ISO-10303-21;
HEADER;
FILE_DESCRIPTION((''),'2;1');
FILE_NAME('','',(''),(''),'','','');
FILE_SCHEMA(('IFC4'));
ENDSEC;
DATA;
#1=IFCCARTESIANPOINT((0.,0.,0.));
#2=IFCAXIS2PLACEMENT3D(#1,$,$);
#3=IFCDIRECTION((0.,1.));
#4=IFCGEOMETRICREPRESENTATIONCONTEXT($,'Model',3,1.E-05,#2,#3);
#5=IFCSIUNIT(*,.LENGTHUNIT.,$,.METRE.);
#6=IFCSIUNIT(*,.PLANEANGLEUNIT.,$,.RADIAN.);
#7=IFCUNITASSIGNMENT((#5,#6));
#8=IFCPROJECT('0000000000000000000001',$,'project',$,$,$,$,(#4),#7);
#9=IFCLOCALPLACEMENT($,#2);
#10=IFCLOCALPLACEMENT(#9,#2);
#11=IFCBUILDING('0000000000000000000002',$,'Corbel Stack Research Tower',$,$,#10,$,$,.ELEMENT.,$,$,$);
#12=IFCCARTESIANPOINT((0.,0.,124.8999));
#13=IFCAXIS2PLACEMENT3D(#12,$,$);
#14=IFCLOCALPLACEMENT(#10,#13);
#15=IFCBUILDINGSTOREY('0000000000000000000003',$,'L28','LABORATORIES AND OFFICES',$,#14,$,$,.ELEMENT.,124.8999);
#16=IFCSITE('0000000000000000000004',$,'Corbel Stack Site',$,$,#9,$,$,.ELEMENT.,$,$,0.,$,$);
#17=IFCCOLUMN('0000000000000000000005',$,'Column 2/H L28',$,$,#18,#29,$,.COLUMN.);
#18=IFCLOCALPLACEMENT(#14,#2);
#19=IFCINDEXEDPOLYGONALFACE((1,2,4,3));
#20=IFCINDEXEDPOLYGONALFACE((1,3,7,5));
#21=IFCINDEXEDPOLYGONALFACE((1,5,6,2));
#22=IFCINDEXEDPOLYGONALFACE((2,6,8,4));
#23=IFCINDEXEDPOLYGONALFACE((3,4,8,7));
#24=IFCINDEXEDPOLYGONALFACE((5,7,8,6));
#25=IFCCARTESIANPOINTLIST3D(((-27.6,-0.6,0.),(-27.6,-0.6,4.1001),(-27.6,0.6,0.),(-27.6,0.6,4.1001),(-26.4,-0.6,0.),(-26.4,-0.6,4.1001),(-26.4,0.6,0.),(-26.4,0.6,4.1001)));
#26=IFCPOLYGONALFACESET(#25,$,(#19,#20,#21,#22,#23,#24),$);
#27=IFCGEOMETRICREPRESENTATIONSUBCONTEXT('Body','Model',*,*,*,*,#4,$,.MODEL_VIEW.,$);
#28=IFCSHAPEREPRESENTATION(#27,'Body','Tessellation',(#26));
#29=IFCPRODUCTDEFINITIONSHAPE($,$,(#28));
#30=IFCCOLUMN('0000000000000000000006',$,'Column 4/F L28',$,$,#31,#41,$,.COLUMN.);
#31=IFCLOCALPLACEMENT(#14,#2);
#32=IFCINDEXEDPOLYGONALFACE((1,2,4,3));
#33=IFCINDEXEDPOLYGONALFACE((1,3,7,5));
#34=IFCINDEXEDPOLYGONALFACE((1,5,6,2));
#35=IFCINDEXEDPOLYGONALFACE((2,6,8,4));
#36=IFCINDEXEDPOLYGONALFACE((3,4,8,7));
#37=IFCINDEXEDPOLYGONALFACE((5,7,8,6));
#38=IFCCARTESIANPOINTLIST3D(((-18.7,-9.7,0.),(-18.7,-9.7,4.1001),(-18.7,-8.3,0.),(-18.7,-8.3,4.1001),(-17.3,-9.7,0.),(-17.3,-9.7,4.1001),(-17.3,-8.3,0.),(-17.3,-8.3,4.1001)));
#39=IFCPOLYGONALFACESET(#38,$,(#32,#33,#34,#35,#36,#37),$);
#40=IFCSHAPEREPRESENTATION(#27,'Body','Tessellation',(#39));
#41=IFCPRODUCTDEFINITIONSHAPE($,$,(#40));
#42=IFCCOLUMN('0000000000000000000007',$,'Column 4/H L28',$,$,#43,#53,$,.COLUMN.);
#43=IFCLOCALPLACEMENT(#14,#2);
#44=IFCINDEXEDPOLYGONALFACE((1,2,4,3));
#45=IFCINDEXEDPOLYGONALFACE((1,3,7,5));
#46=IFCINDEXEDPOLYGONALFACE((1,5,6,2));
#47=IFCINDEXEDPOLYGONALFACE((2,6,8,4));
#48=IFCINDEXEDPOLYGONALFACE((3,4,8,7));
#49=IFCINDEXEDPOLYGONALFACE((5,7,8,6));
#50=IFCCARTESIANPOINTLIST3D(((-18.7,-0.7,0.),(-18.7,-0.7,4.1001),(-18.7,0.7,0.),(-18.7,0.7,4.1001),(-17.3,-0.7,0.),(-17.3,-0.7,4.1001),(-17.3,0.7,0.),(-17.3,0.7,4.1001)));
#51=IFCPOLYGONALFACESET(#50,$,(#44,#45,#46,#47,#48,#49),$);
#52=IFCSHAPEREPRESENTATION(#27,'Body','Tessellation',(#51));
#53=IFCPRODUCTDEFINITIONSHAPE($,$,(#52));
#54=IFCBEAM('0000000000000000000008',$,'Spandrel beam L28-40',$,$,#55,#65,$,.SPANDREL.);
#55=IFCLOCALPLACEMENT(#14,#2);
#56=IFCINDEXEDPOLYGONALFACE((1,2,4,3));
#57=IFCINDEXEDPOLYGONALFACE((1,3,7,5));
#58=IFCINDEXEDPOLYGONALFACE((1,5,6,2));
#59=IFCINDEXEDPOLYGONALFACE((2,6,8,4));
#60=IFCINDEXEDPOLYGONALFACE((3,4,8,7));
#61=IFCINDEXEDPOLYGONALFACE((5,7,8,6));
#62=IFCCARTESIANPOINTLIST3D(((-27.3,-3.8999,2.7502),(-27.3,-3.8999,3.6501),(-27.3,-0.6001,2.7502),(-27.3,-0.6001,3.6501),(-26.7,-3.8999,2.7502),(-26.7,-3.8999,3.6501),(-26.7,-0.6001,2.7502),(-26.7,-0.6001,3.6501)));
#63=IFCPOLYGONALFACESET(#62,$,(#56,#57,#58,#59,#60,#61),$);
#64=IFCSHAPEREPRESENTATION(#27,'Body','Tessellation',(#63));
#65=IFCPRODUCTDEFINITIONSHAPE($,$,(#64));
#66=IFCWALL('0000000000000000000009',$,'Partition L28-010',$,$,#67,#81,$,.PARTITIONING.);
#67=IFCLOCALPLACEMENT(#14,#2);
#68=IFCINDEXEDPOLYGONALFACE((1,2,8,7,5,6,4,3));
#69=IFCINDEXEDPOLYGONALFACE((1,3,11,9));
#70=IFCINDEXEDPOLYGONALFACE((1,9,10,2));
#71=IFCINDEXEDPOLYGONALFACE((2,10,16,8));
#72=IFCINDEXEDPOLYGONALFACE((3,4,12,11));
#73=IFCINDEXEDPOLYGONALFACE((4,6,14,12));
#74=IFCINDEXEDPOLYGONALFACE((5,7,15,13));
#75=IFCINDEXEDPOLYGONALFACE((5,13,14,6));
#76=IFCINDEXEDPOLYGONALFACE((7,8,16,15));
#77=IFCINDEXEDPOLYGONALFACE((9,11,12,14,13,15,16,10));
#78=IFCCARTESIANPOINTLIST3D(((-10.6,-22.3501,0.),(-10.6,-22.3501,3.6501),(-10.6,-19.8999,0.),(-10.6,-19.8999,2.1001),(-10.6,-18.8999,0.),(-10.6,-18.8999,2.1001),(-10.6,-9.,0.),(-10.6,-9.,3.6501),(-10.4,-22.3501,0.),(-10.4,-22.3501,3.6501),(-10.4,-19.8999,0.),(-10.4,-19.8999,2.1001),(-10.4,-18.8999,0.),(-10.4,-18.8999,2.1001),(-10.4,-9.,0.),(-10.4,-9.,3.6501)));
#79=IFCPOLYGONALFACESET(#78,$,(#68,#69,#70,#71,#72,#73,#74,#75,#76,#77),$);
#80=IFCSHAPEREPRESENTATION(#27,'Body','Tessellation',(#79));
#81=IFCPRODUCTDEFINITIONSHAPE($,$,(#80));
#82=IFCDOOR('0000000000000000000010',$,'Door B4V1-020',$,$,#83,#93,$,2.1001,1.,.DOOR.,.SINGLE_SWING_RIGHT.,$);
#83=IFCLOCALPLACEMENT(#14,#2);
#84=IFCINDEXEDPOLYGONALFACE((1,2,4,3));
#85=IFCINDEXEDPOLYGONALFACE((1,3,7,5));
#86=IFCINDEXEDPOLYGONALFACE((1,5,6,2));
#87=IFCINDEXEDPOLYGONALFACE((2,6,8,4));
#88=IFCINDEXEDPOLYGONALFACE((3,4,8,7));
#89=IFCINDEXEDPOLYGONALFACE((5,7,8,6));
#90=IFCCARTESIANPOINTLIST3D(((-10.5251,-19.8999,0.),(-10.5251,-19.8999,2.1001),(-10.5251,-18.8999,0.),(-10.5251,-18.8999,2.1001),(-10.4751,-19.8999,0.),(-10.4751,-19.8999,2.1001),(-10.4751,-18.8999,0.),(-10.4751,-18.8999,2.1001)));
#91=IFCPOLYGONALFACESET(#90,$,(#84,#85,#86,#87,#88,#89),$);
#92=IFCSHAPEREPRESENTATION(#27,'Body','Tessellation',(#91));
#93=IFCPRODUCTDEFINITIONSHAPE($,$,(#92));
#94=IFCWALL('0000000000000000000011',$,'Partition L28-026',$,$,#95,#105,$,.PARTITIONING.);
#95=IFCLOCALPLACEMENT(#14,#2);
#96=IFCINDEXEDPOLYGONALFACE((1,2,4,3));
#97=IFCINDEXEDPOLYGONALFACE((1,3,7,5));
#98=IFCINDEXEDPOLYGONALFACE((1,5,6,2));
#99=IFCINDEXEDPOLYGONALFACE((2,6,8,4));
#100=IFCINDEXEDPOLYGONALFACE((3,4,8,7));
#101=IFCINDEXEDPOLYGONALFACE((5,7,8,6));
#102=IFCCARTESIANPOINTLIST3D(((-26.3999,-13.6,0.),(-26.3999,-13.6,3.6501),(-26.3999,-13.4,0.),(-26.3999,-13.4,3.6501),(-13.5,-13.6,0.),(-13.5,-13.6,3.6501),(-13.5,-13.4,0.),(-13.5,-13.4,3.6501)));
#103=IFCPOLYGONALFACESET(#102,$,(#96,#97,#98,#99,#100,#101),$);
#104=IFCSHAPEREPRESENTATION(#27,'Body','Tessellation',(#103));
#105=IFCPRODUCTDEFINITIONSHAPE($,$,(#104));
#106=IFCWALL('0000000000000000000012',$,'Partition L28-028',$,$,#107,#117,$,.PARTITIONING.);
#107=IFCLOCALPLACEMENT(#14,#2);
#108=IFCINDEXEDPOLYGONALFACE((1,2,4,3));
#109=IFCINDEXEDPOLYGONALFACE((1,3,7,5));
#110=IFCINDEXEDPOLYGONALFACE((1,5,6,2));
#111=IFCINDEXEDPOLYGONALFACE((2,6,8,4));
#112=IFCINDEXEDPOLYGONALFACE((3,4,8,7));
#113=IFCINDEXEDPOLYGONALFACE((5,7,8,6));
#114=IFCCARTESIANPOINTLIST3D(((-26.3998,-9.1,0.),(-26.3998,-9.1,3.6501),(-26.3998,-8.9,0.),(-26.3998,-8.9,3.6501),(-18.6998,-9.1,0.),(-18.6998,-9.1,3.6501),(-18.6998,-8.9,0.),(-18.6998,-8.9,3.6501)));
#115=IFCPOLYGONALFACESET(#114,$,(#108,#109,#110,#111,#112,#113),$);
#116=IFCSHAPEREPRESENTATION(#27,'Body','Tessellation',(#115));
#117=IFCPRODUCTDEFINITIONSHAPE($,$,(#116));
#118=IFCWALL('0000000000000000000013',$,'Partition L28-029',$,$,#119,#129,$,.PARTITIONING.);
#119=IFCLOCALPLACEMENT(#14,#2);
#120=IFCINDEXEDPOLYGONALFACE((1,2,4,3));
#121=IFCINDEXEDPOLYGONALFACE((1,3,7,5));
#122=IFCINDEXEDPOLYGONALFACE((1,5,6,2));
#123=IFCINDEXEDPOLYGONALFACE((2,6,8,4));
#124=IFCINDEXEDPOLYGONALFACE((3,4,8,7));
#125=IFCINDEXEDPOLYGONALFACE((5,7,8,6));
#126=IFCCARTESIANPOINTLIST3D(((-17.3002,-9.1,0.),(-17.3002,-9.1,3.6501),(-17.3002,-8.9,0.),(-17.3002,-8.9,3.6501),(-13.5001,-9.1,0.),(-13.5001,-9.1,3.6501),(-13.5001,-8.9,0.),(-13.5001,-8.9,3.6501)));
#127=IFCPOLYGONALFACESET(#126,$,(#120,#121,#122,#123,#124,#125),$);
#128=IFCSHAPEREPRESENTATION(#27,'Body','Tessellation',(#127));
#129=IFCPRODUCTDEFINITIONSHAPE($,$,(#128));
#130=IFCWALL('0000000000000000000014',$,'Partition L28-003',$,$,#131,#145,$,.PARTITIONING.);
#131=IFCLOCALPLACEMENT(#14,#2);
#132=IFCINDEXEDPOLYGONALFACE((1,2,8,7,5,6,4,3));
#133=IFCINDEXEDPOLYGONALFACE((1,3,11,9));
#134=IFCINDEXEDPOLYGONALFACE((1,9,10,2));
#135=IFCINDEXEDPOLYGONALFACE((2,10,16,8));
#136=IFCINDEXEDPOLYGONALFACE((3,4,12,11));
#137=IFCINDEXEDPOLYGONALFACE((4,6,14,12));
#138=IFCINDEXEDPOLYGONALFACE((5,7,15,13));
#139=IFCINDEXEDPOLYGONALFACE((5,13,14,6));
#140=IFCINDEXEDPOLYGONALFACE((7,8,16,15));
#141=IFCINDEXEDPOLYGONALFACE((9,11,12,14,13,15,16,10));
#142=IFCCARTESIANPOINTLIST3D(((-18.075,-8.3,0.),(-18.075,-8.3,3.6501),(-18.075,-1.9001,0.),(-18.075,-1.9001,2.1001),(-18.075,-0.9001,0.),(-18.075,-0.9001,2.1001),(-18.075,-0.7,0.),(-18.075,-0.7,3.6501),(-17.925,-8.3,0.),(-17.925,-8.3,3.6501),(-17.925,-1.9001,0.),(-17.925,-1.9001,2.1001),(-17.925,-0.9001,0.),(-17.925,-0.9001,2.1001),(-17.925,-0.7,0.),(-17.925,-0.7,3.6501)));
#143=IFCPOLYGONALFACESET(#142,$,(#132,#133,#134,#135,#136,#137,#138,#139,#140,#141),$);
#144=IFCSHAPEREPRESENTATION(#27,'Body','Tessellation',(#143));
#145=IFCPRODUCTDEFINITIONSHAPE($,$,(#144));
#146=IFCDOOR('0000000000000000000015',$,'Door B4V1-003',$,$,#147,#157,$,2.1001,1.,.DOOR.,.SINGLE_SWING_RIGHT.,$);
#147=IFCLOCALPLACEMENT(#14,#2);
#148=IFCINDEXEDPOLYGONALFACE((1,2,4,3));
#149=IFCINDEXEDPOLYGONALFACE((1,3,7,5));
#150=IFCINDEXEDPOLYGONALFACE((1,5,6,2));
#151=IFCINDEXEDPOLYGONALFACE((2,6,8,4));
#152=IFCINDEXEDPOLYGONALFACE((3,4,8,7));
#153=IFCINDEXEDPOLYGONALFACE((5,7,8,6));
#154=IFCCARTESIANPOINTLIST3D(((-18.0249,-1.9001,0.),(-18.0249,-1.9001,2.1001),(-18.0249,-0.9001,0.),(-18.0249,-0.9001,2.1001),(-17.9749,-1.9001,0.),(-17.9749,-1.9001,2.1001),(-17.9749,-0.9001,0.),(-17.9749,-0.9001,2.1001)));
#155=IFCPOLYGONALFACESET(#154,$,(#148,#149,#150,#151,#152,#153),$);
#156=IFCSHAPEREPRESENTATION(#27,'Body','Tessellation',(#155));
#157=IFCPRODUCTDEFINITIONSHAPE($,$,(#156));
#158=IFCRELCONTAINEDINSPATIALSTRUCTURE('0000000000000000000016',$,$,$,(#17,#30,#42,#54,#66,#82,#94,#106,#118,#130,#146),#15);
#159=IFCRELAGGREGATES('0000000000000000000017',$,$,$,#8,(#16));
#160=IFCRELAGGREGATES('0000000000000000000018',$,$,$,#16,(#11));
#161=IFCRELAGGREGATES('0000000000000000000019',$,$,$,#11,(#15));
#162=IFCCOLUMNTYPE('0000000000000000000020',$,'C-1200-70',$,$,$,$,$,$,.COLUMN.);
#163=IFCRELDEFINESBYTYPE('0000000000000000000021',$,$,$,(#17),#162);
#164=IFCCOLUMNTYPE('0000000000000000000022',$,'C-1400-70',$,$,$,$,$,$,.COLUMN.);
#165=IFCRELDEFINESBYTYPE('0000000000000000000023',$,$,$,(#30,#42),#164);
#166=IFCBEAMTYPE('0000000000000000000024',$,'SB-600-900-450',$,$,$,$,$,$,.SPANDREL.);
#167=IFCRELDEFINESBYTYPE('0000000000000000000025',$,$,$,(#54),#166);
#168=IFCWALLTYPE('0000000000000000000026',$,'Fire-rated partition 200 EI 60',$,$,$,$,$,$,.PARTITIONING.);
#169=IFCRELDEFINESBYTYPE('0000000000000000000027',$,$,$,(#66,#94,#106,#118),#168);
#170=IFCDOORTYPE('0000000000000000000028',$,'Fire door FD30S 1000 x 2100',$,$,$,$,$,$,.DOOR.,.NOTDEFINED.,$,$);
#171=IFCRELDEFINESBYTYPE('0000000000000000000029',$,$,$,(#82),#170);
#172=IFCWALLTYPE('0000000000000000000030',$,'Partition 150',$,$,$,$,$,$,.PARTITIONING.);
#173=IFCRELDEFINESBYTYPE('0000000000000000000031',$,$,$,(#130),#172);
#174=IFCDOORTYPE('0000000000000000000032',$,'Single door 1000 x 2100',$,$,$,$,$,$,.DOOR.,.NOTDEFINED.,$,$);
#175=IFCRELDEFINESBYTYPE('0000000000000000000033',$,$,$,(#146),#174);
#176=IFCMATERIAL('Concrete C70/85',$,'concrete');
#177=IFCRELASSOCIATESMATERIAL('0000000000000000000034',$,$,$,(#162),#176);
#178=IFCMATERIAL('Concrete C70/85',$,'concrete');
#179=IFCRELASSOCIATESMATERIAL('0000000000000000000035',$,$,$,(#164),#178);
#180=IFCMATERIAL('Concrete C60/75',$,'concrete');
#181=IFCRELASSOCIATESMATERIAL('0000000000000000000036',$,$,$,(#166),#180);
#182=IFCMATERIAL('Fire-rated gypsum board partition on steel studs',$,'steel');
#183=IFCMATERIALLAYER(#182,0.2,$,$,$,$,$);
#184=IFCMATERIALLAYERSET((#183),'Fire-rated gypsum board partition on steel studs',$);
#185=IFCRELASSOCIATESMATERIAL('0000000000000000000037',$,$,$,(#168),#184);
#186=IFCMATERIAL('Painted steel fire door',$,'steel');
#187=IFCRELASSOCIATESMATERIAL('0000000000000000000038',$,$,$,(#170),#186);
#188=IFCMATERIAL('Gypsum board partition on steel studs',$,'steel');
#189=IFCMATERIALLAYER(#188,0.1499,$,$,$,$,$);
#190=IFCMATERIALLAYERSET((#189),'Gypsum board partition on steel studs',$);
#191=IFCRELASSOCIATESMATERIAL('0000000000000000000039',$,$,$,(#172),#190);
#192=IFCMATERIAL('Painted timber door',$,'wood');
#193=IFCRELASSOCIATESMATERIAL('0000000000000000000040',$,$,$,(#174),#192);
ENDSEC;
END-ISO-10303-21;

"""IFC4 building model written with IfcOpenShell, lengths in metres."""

from ifc_helpers import new_model, si_unit, direction, frame, frame_2d, origin, origin_2d, place, context, subcontext, project, spatial, rectangle, extrude, material, layer, layer_set, material_profile, profile_set, type_object, element, fill, save


model = new_model("IFC4")

# Units and contexts
model_context = context("Model", 3, precision=1e-05, world=origin(), true_north=direction((0.0, 1.0)))
body_context = subcontext(model_context, "Body", "Model", "MODEL_VIEW")
ifc_project = project(units=[si_unit("LENGTHUNIT", "METRE"), si_unit("PLANEANGLEUNIT", "RADIAN")], contexts=[model_context])

# Site, building, storey
site_placement = place(None, origin())
site = spatial("IfcSite", under=ifc_project, at=site_placement, Name="Corbel Stack Site", CompositionType="ELEMENT", RefElevation=0.0)
building_placement = place(site_placement, origin())
building = spatial("IfcBuilding", under=site, at=building_placement, Name="Corbel Stack Research Tower", CompositionType="ELEMENT")
storey_placement = place(building_placement, frame((0.0, 0.0, 124.8999)))
storey = spatial("IfcBuildingStorey", under=building, at=storey_placement, Name="L28", Description="LABORATORIES AND OFFICES", CompositionType="ELEMENT", Elevation=124.8999)

# Columns
ifc_material_1 = material(Name="Concrete C70/85", Category="concrete")
ifc_material_profile_1 = material_profile(ifc_material_1, rectangle(XDim=1.2, YDim=1.2, at=origin_2d()), Name="RC 1200 x 1200")
ifc_profile_set_1 = profile_set([ifc_material_profile_1], Name="Concrete C70/85")
column_type_1 = type_object("IfcColumnType", Name="C-1200-70", PredefinedType="COLUMN", material=ifc_profile_set_1)
column_placement = place(storey_placement, frame((-27.0, 0.0, 0.0), z_axis=(0.0, 0.0, 1.0), x_axis=(1.0, 0.0, 0.0)))
element("IfcColumn", 1, at=column_placement, inside=storey, type_object=column_type_1, Name="Column 2/H L28", PredefinedType="COLUMN", context=body_context, shape_type="SweptSolid", body=[
    extrude(rectangle(XDim=1.2, YDim=1.2, at=origin_2d()), origin(), (0.0, 0.0, 1.0), 4.1001),
])
ifc_material_2 = material(Name="Concrete C70/85", Category="concrete")
ifc_material_profile_2 = material_profile(ifc_material_2, rectangle(XDim=1.3999, YDim=1.3999, at=origin_2d()), Name="RC 1400 x 1400")
ifc_profile_set_2 = profile_set([ifc_material_profile_2], Name="Concrete C70/85")
column_type_2 = type_object("IfcColumnType", Name="C-1400-70", PredefinedType="COLUMN", material=ifc_profile_set_2)
for number, where, z_axis, x_axis, name in (
    (2, (-18.0, -9.0, 0.0), (0.0, 0.0, 1.0), (1.0, 0.0, 0.0), "Column 4/F L28"),
    (3, (-18.0, 0.0, 0.0), (0.0, 0.0, 1.0), (1.0, 0.0, 0.0), "Column 4/H L28"),
):
    element("IfcColumn", number, at=place(storey_placement, frame(where, z_axis=z_axis, x_axis=x_axis)), inside=storey, type_object=column_type_2, Name=name, PredefinedType="COLUMN", context=body_context, shape_type="SweptSolid", body=[
        extrude(rectangle(XDim=1.3999, YDim=1.3999, at=origin_2d()), origin(), (0.0, 0.0, 1.0), 4.1001),
    ])

# Beam
ifc_material_3 = material(Name="Concrete C60/75", Category="concrete")
ifc_material_profile_3 = material_profile(ifc_material_3, rectangle(XDim=0.6001, YDim=0.8999, at=origin_2d()), Name="RC 600 x 900")
ifc_profile_set_3 = profile_set([ifc_material_profile_3], Name="Concrete C60/75")
beam_type = type_object("IfcBeamType", Name="SB-600-900-450", PredefinedType="SPANDREL", material=ifc_profile_set_3)
beam_placement = place(storey_placement, frame((-27.0, -0.6001, 3.2002), z_axis=(0.0, -1.0, 0.0), x_axis=(1.0, 0.0, 0.0)))
element("IfcBeam", 4, at=beam_placement, inside=storey, type_object=beam_type, Name="Spandrel beam L28-40", PredefinedType="SPANDREL", context=body_context, shape_type="SweptSolid", body=[
    extrude(rectangle(XDim=0.6001, YDim=0.8999, at=origin_2d()), origin(), (0.0, 0.0, 1.0), 3.2998),
])

# Wall, opening, door
ifc_material_4 = material(Name="Fire-rated gypsum board partition on steel studs", Category="steel")
ifc_layer_1 = layer(ifc_material_4, 0.2)
ifc_layer_set_1 = layer_set([ifc_layer_1], Name="Fire-rated gypsum board partition on steel studs")
wall_type_1 = type_object("IfcWallType", Name="Fire-rated partition 200 EI 60", PredefinedType="PARTITIONING", material=ifc_layer_set_1)
wall_1_placement = place(storey_placement, frame((-10.5, -9.0, 0.0), z_axis=(0.0, 0.0, 1.0), x_axis=(0.0, -1.0, 0.0)))
wall_1 = element("IfcWall", 5, at=wall_1_placement, inside=storey, type_object=wall_type_1, Name="Partition L28-010", PredefinedType="PARTITIONING", context=body_context, shape_type="SweptSolid", body=[
    extrude(rectangle(XDim=13.3501, YDim=0.2, at=frame_2d((6.675, 0.0))), origin(), (0.0, 0.0, 1.0), 3.6501),
])
opening_1_placement = place(wall_1_placement, frame((9.8999, 0.0, 0.0)))
opening_1 = element("IfcOpeningElement", 6, at=opening_1_placement, cuts=wall_1, PredefinedType="OPENING", context=body_context, shape_type="SweptSolid", body=[
    extrude(rectangle(XDim=1.0, YDim=2.1001, at=frame_2d((0.5, 1.05))), frame((0.0, 0.1099, 0.0), z_axis=(0.0, -1.0, 0.0), x_axis=(1.0, 0.0, 0.0)), (0.0, 0.0, 1.0), 0.22),
])
ifc_material_5 = material(Name="Painted steel fire door", Category="steel")
door_type_1 = type_object("IfcDoorType", Name="Fire door FD30S 1000 x 2100", OperationType="NOTDEFINED", PredefinedType="DOOR", material=ifc_material_5)
door_1_placement = place(opening_1_placement, origin())
door_1 = element("IfcDoor", 7, at=door_1_placement, inside=storey, type_object=door_type_1, Name="Door B4V1-020", OperationType="SINGLE_SWING_RIGHT", OverallHeight=2.1001, OverallWidth=1.0, PredefinedType="DOOR", context=body_context, shape_type="SweptSolid", body=[
    extrude(rectangle(XDim=1.0, YDim=2.1001, at=frame_2d((0.5, 1.05))), frame((0.0, 0.0249, 0.0), z_axis=(0.0, -1.0, 0.0), x_axis=(1.0, 0.0, 0.0)), (0.0, 0.0, 1.0), 0.05),
])
fill(opening_1, door_1)

# Walls
wall_2_placement = place(storey_placement, frame((-26.3999, -13.5, 0.0), z_axis=(0.0, 0.0, 1.0), x_axis=(1.0, 0.0, 0.0)))
element("IfcWall", 8, at=wall_2_placement, inside=storey, type_object=wall_type_1, Name="Partition L28-026", PredefinedType="PARTITIONING", context=body_context, shape_type="SweptSolid", body=[
    extrude(rectangle(XDim=12.8999, YDim=0.2, at=frame_2d((6.45, 0.0))), origin(), (0.0, 0.0, 1.0), 3.6501),
])
wall_3_placement = place(storey_placement, frame((-26.3999, -9.0, 0.0), z_axis=(0.0, 0.0, 1.0), x_axis=(1.0, 0.0, 0.0)))
element("IfcWall", 9, at=wall_3_placement, inside=storey, type_object=wall_type_1, Name="Partition L28-028", PredefinedType="PARTITIONING", context=body_context, shape_type="SweptSolid", body=[
    extrude(rectangle(XDim=7.7, YDim=0.2, at=frame_2d((3.8501, 0.0))), origin(), (0.0, 0.0, 1.0), 3.6501),
])
wall_4_placement = place(storey_placement, frame((-17.3, -9.0, 0.0), z_axis=(0.0, 0.0, 1.0), x_axis=(1.0, 0.0, 0.0)))
element("IfcWall", 10, at=wall_4_placement, inside=storey, type_object=wall_type_1, Name="Partition L28-029", PredefinedType="PARTITIONING", context=body_context, shape_type="SweptSolid", body=[
    extrude(rectangle(XDim=3.8, YDim=0.2, at=frame_2d((1.8999, 0.0))), origin(), (0.0, 0.0, 1.0), 3.6501),
])

# Wall, opening, door
ifc_material_6 = material(Name="Gypsum board partition on steel studs", Category="steel")
ifc_layer_2 = layer(ifc_material_6, 0.1499)
ifc_layer_set_2 = layer_set([ifc_layer_2], Name="Gypsum board partition on steel studs")
wall_type_2 = type_object("IfcWallType", Name="Partition 150", PredefinedType="PARTITIONING", material=ifc_layer_set_2)
wall_5_placement = place(storey_placement, frame((-18.0, -8.3, 0.0), z_axis=(0.0, 0.0, 1.0), x_axis=(0.0, 1.0, 0.0)))
wall_5 = element("IfcWall", 11, at=wall_5_placement, inside=storey, type_object=wall_type_2, Name="Partition L28-003", PredefinedType="PARTITIONING", context=body_context, shape_type="SweptSolid", body=[
    extrude(rectangle(XDim=7.6001, YDim=0.1499, at=frame_2d((3.8, 0.0))), origin(), (0.0, 0.0, 1.0), 3.6501),
])
opening_2_placement = place(wall_5_placement, frame((6.3999, 0.0, 0.0)))
opening_2 = element("IfcOpeningElement", 12, at=opening_2_placement, cuts=wall_5, PredefinedType="OPENING", context=body_context, shape_type="SweptSolid", body=[
    extrude(rectangle(XDim=1.0, YDim=2.1001, at=frame_2d((0.5, 1.05))), frame((0.0, 0.085, 0.0), z_axis=(0.0, -1.0, 0.0), x_axis=(1.0, 0.0, 0.0)), (0.0, 0.0, 1.0), 0.1699),
])
ifc_material_7 = material(Name="Painted timber door", Category="wood")
door_type_2 = type_object("IfcDoorType", Name="Single door 1000 x 2100", OperationType="NOTDEFINED", PredefinedType="DOOR", material=ifc_material_7)
door_2_placement = place(opening_2_placement, origin())
door_2 = element("IfcDoor", 13, at=door_2_placement, inside=storey, type_object=door_type_2, Name="Door B4V1-003", OperationType="SINGLE_SWING_RIGHT", OverallHeight=2.1001, OverallWidth=1.0, PredefinedType="DOOR", context=body_context, shape_type="SweptSolid", body=[
    extrude(rectangle(XDim=1.0, YDim=2.1001, at=frame_2d((0.5, 1.05))), frame((0.0, 0.0249, 0.0), z_axis=(0.0, -1.0, 0.0), x_axis=(1.0, 0.0, 0.0)), (0.0, 0.0, 1.0), 0.05),
])
fill(opening_2, door_2)

save(model, "model.ifc")
